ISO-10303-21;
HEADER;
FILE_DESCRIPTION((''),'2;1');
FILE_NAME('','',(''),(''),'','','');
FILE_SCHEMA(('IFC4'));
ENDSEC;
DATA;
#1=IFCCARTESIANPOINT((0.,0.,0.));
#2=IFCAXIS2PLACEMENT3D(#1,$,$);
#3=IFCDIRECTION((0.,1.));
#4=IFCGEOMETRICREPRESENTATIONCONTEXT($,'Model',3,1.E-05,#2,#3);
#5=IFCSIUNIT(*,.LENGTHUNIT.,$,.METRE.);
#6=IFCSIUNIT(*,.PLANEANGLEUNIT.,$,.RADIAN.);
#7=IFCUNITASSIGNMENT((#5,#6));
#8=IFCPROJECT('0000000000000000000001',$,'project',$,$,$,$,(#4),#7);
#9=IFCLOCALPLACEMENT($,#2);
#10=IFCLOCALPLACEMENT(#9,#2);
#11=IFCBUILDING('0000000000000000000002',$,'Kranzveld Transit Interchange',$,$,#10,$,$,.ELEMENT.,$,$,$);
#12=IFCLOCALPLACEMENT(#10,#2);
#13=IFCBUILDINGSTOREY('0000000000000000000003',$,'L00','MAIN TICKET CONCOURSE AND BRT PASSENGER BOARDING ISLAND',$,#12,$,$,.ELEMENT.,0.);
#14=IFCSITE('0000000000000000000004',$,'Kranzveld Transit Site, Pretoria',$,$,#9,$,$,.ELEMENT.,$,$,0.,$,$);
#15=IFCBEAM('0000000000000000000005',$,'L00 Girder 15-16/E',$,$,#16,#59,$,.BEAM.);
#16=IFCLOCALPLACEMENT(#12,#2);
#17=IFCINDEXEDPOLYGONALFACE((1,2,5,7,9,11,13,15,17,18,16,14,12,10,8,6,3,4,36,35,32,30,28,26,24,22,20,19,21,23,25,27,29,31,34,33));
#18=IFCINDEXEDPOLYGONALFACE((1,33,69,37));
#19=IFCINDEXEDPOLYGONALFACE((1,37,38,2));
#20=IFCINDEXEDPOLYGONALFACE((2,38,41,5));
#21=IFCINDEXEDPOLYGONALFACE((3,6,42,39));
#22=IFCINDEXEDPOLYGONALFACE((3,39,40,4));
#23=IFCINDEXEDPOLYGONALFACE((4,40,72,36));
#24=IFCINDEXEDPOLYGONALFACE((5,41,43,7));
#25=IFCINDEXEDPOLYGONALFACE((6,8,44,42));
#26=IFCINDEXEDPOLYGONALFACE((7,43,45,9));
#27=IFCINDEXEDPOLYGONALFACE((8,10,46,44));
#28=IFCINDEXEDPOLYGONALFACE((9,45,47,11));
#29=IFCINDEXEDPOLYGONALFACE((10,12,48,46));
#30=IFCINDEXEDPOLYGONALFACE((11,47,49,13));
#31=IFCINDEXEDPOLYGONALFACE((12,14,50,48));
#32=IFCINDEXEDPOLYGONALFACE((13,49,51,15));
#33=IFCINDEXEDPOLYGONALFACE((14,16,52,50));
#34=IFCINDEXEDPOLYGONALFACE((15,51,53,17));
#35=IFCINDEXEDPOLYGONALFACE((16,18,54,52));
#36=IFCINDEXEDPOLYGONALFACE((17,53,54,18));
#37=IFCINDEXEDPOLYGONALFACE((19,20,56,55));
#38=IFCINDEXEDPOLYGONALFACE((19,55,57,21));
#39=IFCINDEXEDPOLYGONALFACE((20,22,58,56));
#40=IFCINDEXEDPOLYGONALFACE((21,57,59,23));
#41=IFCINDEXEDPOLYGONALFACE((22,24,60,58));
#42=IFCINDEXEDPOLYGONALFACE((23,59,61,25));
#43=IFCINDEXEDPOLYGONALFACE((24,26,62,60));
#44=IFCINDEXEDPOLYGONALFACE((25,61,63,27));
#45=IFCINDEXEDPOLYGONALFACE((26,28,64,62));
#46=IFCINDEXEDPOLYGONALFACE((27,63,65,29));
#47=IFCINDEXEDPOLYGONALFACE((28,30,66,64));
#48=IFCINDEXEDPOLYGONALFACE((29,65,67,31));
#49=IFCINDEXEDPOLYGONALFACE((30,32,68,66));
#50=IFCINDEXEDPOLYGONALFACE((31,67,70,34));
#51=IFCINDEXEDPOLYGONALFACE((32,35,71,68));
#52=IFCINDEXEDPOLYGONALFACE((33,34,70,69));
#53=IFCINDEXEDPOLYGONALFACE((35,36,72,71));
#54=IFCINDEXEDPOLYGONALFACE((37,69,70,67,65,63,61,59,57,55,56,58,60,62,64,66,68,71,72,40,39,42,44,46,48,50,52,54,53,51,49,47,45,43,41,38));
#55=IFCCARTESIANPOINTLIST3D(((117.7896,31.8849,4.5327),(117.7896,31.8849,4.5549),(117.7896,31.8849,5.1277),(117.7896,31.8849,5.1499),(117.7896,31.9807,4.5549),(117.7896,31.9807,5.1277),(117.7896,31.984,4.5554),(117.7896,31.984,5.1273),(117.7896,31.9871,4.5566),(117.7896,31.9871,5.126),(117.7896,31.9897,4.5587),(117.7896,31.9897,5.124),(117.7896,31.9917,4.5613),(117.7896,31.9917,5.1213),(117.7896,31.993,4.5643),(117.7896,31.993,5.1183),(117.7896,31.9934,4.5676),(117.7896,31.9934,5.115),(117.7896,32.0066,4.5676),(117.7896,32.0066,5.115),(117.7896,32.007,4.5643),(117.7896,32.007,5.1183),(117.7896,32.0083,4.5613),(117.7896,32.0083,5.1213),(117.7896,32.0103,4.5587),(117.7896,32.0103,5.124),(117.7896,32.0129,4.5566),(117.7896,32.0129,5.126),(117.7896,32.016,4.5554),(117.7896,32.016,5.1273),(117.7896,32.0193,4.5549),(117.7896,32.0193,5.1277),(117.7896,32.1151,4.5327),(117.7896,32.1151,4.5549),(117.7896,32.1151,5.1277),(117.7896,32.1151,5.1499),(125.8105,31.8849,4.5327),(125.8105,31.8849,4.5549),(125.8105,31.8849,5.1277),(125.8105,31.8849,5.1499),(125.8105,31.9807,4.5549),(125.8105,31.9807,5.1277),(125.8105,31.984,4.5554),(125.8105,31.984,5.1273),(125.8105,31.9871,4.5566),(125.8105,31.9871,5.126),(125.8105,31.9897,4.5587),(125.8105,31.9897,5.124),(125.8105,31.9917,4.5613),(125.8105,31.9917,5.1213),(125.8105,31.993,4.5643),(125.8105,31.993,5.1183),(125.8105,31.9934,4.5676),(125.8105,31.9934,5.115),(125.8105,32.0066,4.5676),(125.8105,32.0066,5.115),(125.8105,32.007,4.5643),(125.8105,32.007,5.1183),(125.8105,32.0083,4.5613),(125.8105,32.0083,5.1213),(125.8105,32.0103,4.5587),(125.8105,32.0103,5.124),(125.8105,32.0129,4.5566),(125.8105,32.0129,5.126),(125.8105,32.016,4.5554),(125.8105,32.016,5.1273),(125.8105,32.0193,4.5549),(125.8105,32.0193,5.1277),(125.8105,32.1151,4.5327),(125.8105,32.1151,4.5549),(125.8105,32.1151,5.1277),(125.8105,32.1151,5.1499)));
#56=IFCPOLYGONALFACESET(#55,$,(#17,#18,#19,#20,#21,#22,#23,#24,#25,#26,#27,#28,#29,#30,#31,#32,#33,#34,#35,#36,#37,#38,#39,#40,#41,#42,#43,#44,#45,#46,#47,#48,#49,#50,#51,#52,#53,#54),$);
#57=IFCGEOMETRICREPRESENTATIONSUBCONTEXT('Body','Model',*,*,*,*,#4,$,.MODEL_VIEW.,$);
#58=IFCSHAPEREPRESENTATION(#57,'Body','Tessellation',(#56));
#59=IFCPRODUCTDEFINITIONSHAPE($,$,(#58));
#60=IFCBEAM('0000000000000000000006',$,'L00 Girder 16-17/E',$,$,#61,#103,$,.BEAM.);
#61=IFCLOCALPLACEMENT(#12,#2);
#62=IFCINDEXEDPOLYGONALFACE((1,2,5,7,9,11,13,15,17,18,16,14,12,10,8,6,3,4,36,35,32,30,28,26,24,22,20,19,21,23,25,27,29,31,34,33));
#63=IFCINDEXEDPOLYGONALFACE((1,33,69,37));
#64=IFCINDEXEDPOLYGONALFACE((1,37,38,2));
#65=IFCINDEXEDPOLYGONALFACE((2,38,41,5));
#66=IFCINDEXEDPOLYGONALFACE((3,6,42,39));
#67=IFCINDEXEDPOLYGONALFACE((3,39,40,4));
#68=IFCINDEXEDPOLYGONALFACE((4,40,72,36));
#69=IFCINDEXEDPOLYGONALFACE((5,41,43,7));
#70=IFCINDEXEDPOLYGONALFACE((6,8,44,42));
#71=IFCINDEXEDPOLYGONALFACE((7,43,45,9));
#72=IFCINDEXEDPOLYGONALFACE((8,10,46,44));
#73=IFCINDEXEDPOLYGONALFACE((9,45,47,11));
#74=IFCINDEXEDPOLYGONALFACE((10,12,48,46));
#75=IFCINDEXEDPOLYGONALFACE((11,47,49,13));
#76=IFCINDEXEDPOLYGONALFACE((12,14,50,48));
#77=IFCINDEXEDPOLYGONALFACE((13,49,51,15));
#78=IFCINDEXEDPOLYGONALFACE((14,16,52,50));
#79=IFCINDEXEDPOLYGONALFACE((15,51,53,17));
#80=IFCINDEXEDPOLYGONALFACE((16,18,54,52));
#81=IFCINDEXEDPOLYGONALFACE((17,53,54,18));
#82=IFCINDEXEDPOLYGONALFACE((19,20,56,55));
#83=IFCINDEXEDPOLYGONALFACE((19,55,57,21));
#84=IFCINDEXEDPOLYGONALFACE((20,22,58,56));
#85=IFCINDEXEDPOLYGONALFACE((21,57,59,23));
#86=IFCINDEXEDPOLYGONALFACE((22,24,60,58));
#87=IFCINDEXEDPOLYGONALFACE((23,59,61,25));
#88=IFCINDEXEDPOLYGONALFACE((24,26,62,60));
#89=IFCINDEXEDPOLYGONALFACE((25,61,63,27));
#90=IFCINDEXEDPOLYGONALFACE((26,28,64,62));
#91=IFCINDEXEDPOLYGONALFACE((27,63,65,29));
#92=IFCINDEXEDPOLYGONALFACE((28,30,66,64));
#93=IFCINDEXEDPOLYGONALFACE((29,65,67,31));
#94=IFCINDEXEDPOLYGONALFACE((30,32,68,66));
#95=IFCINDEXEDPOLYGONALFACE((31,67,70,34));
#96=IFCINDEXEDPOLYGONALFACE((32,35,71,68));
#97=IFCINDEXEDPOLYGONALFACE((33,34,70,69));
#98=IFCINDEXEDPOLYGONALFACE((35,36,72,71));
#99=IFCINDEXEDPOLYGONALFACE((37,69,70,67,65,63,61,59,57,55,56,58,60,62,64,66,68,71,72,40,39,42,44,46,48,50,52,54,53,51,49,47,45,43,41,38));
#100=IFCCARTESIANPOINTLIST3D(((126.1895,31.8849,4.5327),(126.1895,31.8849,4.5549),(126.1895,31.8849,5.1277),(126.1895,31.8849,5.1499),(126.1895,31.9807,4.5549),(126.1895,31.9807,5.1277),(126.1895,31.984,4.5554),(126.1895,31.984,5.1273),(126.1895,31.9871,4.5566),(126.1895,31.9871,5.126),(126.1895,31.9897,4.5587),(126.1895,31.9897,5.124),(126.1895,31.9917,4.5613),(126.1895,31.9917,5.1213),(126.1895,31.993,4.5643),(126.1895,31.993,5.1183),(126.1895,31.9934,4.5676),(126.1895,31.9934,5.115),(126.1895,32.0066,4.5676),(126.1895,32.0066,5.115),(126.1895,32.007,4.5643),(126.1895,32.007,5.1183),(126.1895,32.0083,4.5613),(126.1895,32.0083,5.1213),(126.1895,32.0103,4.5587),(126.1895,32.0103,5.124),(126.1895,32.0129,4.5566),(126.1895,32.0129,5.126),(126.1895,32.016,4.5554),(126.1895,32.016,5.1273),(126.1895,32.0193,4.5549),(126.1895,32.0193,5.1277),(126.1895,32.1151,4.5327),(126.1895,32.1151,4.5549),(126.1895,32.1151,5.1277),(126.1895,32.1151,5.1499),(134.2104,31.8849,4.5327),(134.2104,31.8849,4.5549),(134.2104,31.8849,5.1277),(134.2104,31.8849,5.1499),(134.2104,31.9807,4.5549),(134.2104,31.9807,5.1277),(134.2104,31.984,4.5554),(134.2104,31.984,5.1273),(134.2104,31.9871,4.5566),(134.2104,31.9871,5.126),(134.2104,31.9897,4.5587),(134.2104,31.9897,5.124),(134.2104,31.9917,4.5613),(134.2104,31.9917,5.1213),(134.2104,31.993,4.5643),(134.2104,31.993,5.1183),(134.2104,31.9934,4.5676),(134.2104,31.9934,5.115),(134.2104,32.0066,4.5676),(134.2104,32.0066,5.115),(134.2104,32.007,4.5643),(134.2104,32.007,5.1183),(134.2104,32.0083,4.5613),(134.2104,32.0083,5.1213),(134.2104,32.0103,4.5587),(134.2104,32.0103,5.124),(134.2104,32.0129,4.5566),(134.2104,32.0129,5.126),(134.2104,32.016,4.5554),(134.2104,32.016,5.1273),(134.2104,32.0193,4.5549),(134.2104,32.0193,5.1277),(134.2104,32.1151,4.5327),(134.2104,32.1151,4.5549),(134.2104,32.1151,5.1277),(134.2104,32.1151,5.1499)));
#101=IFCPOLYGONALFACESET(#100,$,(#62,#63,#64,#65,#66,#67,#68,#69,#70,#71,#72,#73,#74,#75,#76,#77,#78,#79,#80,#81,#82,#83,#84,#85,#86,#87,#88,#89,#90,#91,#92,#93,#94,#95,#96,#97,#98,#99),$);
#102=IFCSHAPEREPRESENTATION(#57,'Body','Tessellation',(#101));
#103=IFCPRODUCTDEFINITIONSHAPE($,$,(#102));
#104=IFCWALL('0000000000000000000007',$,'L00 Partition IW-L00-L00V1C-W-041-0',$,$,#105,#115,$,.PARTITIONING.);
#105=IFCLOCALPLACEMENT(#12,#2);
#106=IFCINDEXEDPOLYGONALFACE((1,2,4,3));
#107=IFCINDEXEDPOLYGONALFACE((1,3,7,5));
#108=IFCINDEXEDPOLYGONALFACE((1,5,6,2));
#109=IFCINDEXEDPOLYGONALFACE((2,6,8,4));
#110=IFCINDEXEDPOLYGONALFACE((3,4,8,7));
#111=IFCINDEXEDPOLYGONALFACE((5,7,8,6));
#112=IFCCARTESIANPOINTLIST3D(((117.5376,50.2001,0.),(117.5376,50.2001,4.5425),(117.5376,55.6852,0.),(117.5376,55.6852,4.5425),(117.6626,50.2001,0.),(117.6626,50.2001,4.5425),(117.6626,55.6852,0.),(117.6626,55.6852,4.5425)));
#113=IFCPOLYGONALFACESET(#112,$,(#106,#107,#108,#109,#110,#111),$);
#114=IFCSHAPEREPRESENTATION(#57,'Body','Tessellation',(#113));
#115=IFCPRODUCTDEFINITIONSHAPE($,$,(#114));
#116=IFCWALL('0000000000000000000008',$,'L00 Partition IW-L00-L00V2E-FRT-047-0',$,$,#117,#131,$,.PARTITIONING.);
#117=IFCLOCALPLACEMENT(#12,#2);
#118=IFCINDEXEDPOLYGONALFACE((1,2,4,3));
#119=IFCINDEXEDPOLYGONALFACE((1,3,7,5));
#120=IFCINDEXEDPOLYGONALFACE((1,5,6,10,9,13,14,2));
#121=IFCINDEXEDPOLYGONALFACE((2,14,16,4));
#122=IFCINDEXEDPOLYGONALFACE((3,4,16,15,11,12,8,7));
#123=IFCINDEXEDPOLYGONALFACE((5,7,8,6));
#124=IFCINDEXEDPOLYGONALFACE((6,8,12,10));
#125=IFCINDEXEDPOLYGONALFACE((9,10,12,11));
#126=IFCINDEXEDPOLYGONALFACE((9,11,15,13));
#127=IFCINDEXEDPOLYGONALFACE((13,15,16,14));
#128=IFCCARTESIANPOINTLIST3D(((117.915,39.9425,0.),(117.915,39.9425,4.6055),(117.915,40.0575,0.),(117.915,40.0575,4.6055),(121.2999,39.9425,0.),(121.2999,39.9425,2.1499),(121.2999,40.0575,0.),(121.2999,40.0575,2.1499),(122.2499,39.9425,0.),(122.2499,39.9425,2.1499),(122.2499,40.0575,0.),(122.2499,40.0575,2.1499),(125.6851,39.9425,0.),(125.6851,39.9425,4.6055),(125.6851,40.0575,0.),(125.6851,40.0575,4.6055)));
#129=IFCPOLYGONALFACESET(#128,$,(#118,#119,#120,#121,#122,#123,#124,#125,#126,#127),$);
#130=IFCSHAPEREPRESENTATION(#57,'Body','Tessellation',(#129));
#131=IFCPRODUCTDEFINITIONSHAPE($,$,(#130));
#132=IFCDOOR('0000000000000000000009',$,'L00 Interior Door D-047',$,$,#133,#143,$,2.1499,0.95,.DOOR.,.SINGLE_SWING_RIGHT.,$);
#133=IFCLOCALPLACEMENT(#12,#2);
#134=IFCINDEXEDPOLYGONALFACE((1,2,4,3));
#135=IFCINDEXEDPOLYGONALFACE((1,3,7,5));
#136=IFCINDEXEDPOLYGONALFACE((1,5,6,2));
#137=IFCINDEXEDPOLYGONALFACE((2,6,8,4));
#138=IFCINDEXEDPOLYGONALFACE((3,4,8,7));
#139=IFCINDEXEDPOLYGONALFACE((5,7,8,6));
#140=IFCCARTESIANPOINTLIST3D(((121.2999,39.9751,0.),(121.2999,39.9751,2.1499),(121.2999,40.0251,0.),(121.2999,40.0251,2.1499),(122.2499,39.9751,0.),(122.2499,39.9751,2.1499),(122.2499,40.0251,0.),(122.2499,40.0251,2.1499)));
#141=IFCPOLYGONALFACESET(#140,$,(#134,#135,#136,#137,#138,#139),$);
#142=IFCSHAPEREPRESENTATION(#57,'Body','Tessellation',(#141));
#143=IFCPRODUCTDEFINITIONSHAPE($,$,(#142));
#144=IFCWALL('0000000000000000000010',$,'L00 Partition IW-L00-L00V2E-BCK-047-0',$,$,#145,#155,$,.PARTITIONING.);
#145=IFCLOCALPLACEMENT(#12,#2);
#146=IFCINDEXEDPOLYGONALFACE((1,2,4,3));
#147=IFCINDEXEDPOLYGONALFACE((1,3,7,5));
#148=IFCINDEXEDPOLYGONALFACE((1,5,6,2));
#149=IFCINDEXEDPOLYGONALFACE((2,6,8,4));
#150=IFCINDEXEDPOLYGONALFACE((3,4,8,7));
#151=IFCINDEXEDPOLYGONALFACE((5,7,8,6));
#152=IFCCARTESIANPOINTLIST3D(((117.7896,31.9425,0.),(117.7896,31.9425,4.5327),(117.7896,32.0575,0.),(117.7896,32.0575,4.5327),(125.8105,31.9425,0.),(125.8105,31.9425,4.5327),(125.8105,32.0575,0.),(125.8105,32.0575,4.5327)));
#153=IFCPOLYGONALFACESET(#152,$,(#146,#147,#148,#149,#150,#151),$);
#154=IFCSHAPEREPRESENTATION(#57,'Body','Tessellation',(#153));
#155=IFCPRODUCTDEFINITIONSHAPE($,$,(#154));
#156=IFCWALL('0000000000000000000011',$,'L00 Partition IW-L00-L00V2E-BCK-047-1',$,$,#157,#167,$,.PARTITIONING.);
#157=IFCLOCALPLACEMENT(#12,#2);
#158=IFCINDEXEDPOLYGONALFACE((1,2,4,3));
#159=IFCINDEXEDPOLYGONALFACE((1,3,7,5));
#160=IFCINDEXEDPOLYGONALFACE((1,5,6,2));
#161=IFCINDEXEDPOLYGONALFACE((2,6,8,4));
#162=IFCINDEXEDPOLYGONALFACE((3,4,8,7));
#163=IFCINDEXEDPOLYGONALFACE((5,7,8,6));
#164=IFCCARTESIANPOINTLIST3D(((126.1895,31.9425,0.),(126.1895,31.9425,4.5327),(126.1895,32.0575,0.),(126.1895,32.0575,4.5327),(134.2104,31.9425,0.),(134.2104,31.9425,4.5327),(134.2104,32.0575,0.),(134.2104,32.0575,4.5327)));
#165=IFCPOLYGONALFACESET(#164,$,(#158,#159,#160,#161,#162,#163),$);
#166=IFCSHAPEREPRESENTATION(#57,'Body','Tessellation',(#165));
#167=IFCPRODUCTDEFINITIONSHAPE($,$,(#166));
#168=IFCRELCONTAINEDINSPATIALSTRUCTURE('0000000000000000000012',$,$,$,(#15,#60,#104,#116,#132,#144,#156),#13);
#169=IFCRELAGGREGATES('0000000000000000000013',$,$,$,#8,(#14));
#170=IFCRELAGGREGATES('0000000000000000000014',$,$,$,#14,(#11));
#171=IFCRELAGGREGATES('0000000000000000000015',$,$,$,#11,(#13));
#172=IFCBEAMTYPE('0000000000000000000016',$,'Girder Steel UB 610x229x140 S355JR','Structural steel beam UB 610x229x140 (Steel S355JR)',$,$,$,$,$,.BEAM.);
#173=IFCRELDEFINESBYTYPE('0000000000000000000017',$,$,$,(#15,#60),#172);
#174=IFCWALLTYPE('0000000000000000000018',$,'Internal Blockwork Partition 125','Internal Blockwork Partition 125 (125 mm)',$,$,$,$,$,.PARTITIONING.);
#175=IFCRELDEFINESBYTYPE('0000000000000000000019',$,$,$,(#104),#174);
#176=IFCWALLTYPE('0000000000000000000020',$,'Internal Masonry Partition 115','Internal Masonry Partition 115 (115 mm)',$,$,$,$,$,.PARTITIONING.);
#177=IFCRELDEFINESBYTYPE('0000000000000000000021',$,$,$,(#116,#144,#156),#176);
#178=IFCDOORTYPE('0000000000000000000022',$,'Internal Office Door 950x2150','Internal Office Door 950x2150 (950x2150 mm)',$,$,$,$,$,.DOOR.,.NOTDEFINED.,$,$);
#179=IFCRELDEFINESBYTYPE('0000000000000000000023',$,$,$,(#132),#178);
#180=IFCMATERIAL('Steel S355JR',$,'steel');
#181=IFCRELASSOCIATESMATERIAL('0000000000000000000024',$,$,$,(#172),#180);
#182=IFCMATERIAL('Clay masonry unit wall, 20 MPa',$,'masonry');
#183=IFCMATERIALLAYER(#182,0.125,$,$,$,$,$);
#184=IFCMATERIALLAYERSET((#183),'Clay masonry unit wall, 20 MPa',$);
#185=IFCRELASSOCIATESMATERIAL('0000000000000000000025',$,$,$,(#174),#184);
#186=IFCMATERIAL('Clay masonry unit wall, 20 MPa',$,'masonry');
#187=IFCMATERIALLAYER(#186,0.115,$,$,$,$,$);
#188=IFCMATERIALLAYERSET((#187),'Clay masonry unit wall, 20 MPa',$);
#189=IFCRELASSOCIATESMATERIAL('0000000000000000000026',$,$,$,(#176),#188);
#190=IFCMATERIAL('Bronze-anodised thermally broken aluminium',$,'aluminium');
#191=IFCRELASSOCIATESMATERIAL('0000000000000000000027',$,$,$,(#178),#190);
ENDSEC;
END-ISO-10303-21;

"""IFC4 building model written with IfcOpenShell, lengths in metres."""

from ifc_helpers import new_model, si_unit, direction, frame, frame_2d, origin, origin_2d, place, context, subcontext, project, spatial, rectangle, i_section, extrude, material, layer, layer_set, material_profile, profile_set, type_object, element, fill, save


model = new_model("IFC4")

# Units and contexts
model_context = context("Model", 3, precision=1e-05, world=origin(), true_north=direction((0.0, 1.0)))
body_context = subcontext(model_context, "Body", "Model", "MODEL_VIEW")
ifc_project = project(units=[si_unit("LENGTHUNIT", "METRE"), si_unit("PLANEANGLEUNIT", "RADIAN")], contexts=[model_context])

# Site, building, storey
site_placement = place(None, origin())
site = spatial("IfcSite", under=ifc_project, at=site_placement, Name="Kranzveld Transit Site, Pretoria", CompositionType="ELEMENT", RefElevation=0.0)
building_placement = place(site_placement, origin())
building = spatial("IfcBuilding", under=site, at=building_placement, Name="Kranzveld Transit Interchange", CompositionType="ELEMENT")
storey_placement = place(building_placement, origin())
storey = spatial("IfcBuildingStorey", under=building, at=storey_placement, Name="L00", Description="MAIN TICKET CONCOURSE AND BRT PASSENGER BOARDING ISLAND", CompositionType="ELEMENT", Elevation=0.0)

# Beams
ifc_material_1 = material(Name="Steel S355JR", Category="steel")
ifc_material_profile_1 = material_profile(ifc_material_1, i_section(OverallWidth=0.2302, OverallDepth=0.6172, WebThickness=0.0132, FlangeThickness=0.0222, FilletRadius=0.0127, at=origin_2d()), Name="UB 610x229x140")
ifc_profile_set_1 = profile_set([ifc_material_profile_1], Name="Steel S355JR")
beam_type_1 = type_object("IfcBeamType", Name="Girder Steel UB 610x229x140 S355JR", Description="Structural steel beam UB 610x229x140 (Steel S355JR)", PredefinedType="BEAM", material=ifc_profile_set_1)
for number, where, z_axis, x_axis, name in (
    (1, (117.7896, 32.0, 4.8413), (1.0, 0.0, 0.0), (0.0, 1.0, 0.0), "L00 Girder 15-16/E"),
    (2, (126.1895, 32.0, 4.8413), (1.0, 0.0, 0.0), (0.0, 1.0, 0.0), "L00 Girder 16-17/E"),
):
    element("IfcBeam", number, at=place(storey_placement, frame(where, z_axis=z_axis, x_axis=x_axis)), inside=storey, type_object=beam_type_1, Name=name, PredefinedType="BEAM", context=body_context, shape_type="SweptSolid", body=[
        extrude(i_section(OverallWidth=0.2302, OverallDepth=0.6172, WebThickness=0.0132, FlangeThickness=0.0222, FilletRadius=0.0127, at=origin_2d()), origin(), (0.0, 0.0, 1.0), 8.021),
    ])

# Wall
ifc_material_2 = material(Name="Clay masonry unit wall, 20 MPa", Category="masonry")
ifc_layer_1 = layer(ifc_material_2, 0.125)
ifc_layer_set_1 = layer_set([ifc_layer_1], Name="Clay masonry unit wall, 20 MPa")
wall_type_1 = type_object("IfcWallType", Name="Internal Blockwork Partition 125", Description="Internal Blockwork Partition 125 (125 mm)", PredefinedType="PARTITIONING", material=ifc_layer_set_1)
wall_1_placement = place(storey_placement, frame((117.6001, 50.2, 0.0), z_axis=(0.0, 0.0, 1.0), x_axis=(0.0, 1.0, 0.0)))
element("IfcWall", 3, at=wall_1_placement, inside=storey, type_object=wall_type_1, Name="L00 Partition IW-L00-L00V1C-W-041-0", PredefinedType="PARTITIONING", context=body_context, shape_type="SweptSolid", body=[
    extrude(rectangle(XDim=5.4851, YDim=0.125, at=frame_2d((2.7427, 0.0))), origin(), (0.0, 0.0, 1.0), 4.5425),
])

# Wall, opening, door
ifc_material_3 = material(Name="Clay masonry unit wall, 20 MPa", Category="masonry")
ifc_layer_2 = layer(ifc_material_3, 0.115)
ifc_layer_set_2 = layer_set([ifc_layer_2], Name="Clay masonry unit wall, 20 MPa")
wall_type_2 = type_object("IfcWallType", Name="Internal Masonry Partition 115", Description="Internal Masonry Partition 115 (115 mm)", PredefinedType="PARTITIONING", material=ifc_layer_set_2)
wall_2_placement = place(storey_placement, frame((117.915, 40.0, 0.0), z_axis=(0.0, 0.0, 1.0), x_axis=(1.0, 0.0, 0.0)))
wall_2 = element("IfcWall", 4, at=wall_2_placement, inside=storey, type_object=wall_type_2, Name="L00 Partition IW-L00-L00V2E-FRT-047-0", PredefinedType="PARTITIONING", context=body_context, shape_type="SweptSolid", body=[
    extrude(rectangle(XDim=7.77, YDim=0.115, at=frame_2d((3.885, 0.0))), origin(), (0.0, 0.0, 1.0), 4.6055),
])
opening_1_placement = place(wall_2_placement, frame((4.335, 0.0, 0.0), z_axis=(0.0, 0.0, 1.0), x_axis=(-1.0, 0.0, 0.0)))
opening_1 = element("IfcOpeningElement", 5, at=opening_1_placement, cuts=wall_2, PredefinedType="OPENING", context=body_context, shape_type="SweptSolid", body=[
    extrude(rectangle(XDim=0.95, YDim=2.1499, at=frame_2d((0.4751, 1.075))), frame((0.0, 0.0674, 0.0), z_axis=(0.0, -1.0, 0.0), x_axis=(1.0, 0.0, 0.0)), (0.0, 0.0, 1.0), 0.135),
])
ifc_material_4 = material(Name="Bronze-anodised thermally broken aluminium", Category="aluminium")
door_type_1 = type_object("IfcDoorType", Name="Internal Office Door 950x2150", Description="Internal Office Door 950x2150 (950x2150 mm)", OperationType="NOTDEFINED", PredefinedType="DOOR", material=ifc_material_4)
door_1_placement = place(opening_1_placement, origin())
door_1 = element("IfcDoor", 6, at=door_1_placement, inside=storey, type_object=door_type_1, Name="L00 Interior Door D-047", OperationType="SINGLE_SWING_RIGHT", OverallHeight=2.1499, OverallWidth=0.95, PredefinedType="DOOR", context=body_context, shape_type="SweptSolid", body=[
    extrude(rectangle(XDim=0.95, YDim=2.1499, at=frame_2d((0.4751, 1.075))), frame((0.0, 0.0249, 0.0), z_axis=(0.0, -1.0, 0.0), x_axis=(1.0, 0.0, 0.0)), (0.0, 0.0, 1.0), 0.05),
])
fill(opening_1, door_1)

# Walls
for number, where, z_axis, x_axis, name in (
    (7, (117.7896, 32.0, 0.0), (0.0, 0.0, 1.0), (1.0, 0.0, 0.0), "L00 Partition IW-L00-L00V2E-BCK-047-0"),
    (8, (126.1895, 32.0, 0.0), (0.0, 0.0, 1.0), (1.0, 0.0, 0.0), "L00 Partition IW-L00-L00V2E-BCK-047-1"),
):
    element("IfcWall", number, at=place(storey_placement, frame(where, z_axis=z_axis, x_axis=x_axis)), inside=storey, type_object=wall_type_2, Name=name, PredefinedType="PARTITIONING", context=body_context, shape_type="SweptSolid", body=[
        extrude(rectangle(XDim=8.021, YDim=0.115, at=frame_2d((4.0105, 0.0))), origin(), (0.0, 0.0, 1.0), 4.5327),
    ])

save(model, "model.ifc")
